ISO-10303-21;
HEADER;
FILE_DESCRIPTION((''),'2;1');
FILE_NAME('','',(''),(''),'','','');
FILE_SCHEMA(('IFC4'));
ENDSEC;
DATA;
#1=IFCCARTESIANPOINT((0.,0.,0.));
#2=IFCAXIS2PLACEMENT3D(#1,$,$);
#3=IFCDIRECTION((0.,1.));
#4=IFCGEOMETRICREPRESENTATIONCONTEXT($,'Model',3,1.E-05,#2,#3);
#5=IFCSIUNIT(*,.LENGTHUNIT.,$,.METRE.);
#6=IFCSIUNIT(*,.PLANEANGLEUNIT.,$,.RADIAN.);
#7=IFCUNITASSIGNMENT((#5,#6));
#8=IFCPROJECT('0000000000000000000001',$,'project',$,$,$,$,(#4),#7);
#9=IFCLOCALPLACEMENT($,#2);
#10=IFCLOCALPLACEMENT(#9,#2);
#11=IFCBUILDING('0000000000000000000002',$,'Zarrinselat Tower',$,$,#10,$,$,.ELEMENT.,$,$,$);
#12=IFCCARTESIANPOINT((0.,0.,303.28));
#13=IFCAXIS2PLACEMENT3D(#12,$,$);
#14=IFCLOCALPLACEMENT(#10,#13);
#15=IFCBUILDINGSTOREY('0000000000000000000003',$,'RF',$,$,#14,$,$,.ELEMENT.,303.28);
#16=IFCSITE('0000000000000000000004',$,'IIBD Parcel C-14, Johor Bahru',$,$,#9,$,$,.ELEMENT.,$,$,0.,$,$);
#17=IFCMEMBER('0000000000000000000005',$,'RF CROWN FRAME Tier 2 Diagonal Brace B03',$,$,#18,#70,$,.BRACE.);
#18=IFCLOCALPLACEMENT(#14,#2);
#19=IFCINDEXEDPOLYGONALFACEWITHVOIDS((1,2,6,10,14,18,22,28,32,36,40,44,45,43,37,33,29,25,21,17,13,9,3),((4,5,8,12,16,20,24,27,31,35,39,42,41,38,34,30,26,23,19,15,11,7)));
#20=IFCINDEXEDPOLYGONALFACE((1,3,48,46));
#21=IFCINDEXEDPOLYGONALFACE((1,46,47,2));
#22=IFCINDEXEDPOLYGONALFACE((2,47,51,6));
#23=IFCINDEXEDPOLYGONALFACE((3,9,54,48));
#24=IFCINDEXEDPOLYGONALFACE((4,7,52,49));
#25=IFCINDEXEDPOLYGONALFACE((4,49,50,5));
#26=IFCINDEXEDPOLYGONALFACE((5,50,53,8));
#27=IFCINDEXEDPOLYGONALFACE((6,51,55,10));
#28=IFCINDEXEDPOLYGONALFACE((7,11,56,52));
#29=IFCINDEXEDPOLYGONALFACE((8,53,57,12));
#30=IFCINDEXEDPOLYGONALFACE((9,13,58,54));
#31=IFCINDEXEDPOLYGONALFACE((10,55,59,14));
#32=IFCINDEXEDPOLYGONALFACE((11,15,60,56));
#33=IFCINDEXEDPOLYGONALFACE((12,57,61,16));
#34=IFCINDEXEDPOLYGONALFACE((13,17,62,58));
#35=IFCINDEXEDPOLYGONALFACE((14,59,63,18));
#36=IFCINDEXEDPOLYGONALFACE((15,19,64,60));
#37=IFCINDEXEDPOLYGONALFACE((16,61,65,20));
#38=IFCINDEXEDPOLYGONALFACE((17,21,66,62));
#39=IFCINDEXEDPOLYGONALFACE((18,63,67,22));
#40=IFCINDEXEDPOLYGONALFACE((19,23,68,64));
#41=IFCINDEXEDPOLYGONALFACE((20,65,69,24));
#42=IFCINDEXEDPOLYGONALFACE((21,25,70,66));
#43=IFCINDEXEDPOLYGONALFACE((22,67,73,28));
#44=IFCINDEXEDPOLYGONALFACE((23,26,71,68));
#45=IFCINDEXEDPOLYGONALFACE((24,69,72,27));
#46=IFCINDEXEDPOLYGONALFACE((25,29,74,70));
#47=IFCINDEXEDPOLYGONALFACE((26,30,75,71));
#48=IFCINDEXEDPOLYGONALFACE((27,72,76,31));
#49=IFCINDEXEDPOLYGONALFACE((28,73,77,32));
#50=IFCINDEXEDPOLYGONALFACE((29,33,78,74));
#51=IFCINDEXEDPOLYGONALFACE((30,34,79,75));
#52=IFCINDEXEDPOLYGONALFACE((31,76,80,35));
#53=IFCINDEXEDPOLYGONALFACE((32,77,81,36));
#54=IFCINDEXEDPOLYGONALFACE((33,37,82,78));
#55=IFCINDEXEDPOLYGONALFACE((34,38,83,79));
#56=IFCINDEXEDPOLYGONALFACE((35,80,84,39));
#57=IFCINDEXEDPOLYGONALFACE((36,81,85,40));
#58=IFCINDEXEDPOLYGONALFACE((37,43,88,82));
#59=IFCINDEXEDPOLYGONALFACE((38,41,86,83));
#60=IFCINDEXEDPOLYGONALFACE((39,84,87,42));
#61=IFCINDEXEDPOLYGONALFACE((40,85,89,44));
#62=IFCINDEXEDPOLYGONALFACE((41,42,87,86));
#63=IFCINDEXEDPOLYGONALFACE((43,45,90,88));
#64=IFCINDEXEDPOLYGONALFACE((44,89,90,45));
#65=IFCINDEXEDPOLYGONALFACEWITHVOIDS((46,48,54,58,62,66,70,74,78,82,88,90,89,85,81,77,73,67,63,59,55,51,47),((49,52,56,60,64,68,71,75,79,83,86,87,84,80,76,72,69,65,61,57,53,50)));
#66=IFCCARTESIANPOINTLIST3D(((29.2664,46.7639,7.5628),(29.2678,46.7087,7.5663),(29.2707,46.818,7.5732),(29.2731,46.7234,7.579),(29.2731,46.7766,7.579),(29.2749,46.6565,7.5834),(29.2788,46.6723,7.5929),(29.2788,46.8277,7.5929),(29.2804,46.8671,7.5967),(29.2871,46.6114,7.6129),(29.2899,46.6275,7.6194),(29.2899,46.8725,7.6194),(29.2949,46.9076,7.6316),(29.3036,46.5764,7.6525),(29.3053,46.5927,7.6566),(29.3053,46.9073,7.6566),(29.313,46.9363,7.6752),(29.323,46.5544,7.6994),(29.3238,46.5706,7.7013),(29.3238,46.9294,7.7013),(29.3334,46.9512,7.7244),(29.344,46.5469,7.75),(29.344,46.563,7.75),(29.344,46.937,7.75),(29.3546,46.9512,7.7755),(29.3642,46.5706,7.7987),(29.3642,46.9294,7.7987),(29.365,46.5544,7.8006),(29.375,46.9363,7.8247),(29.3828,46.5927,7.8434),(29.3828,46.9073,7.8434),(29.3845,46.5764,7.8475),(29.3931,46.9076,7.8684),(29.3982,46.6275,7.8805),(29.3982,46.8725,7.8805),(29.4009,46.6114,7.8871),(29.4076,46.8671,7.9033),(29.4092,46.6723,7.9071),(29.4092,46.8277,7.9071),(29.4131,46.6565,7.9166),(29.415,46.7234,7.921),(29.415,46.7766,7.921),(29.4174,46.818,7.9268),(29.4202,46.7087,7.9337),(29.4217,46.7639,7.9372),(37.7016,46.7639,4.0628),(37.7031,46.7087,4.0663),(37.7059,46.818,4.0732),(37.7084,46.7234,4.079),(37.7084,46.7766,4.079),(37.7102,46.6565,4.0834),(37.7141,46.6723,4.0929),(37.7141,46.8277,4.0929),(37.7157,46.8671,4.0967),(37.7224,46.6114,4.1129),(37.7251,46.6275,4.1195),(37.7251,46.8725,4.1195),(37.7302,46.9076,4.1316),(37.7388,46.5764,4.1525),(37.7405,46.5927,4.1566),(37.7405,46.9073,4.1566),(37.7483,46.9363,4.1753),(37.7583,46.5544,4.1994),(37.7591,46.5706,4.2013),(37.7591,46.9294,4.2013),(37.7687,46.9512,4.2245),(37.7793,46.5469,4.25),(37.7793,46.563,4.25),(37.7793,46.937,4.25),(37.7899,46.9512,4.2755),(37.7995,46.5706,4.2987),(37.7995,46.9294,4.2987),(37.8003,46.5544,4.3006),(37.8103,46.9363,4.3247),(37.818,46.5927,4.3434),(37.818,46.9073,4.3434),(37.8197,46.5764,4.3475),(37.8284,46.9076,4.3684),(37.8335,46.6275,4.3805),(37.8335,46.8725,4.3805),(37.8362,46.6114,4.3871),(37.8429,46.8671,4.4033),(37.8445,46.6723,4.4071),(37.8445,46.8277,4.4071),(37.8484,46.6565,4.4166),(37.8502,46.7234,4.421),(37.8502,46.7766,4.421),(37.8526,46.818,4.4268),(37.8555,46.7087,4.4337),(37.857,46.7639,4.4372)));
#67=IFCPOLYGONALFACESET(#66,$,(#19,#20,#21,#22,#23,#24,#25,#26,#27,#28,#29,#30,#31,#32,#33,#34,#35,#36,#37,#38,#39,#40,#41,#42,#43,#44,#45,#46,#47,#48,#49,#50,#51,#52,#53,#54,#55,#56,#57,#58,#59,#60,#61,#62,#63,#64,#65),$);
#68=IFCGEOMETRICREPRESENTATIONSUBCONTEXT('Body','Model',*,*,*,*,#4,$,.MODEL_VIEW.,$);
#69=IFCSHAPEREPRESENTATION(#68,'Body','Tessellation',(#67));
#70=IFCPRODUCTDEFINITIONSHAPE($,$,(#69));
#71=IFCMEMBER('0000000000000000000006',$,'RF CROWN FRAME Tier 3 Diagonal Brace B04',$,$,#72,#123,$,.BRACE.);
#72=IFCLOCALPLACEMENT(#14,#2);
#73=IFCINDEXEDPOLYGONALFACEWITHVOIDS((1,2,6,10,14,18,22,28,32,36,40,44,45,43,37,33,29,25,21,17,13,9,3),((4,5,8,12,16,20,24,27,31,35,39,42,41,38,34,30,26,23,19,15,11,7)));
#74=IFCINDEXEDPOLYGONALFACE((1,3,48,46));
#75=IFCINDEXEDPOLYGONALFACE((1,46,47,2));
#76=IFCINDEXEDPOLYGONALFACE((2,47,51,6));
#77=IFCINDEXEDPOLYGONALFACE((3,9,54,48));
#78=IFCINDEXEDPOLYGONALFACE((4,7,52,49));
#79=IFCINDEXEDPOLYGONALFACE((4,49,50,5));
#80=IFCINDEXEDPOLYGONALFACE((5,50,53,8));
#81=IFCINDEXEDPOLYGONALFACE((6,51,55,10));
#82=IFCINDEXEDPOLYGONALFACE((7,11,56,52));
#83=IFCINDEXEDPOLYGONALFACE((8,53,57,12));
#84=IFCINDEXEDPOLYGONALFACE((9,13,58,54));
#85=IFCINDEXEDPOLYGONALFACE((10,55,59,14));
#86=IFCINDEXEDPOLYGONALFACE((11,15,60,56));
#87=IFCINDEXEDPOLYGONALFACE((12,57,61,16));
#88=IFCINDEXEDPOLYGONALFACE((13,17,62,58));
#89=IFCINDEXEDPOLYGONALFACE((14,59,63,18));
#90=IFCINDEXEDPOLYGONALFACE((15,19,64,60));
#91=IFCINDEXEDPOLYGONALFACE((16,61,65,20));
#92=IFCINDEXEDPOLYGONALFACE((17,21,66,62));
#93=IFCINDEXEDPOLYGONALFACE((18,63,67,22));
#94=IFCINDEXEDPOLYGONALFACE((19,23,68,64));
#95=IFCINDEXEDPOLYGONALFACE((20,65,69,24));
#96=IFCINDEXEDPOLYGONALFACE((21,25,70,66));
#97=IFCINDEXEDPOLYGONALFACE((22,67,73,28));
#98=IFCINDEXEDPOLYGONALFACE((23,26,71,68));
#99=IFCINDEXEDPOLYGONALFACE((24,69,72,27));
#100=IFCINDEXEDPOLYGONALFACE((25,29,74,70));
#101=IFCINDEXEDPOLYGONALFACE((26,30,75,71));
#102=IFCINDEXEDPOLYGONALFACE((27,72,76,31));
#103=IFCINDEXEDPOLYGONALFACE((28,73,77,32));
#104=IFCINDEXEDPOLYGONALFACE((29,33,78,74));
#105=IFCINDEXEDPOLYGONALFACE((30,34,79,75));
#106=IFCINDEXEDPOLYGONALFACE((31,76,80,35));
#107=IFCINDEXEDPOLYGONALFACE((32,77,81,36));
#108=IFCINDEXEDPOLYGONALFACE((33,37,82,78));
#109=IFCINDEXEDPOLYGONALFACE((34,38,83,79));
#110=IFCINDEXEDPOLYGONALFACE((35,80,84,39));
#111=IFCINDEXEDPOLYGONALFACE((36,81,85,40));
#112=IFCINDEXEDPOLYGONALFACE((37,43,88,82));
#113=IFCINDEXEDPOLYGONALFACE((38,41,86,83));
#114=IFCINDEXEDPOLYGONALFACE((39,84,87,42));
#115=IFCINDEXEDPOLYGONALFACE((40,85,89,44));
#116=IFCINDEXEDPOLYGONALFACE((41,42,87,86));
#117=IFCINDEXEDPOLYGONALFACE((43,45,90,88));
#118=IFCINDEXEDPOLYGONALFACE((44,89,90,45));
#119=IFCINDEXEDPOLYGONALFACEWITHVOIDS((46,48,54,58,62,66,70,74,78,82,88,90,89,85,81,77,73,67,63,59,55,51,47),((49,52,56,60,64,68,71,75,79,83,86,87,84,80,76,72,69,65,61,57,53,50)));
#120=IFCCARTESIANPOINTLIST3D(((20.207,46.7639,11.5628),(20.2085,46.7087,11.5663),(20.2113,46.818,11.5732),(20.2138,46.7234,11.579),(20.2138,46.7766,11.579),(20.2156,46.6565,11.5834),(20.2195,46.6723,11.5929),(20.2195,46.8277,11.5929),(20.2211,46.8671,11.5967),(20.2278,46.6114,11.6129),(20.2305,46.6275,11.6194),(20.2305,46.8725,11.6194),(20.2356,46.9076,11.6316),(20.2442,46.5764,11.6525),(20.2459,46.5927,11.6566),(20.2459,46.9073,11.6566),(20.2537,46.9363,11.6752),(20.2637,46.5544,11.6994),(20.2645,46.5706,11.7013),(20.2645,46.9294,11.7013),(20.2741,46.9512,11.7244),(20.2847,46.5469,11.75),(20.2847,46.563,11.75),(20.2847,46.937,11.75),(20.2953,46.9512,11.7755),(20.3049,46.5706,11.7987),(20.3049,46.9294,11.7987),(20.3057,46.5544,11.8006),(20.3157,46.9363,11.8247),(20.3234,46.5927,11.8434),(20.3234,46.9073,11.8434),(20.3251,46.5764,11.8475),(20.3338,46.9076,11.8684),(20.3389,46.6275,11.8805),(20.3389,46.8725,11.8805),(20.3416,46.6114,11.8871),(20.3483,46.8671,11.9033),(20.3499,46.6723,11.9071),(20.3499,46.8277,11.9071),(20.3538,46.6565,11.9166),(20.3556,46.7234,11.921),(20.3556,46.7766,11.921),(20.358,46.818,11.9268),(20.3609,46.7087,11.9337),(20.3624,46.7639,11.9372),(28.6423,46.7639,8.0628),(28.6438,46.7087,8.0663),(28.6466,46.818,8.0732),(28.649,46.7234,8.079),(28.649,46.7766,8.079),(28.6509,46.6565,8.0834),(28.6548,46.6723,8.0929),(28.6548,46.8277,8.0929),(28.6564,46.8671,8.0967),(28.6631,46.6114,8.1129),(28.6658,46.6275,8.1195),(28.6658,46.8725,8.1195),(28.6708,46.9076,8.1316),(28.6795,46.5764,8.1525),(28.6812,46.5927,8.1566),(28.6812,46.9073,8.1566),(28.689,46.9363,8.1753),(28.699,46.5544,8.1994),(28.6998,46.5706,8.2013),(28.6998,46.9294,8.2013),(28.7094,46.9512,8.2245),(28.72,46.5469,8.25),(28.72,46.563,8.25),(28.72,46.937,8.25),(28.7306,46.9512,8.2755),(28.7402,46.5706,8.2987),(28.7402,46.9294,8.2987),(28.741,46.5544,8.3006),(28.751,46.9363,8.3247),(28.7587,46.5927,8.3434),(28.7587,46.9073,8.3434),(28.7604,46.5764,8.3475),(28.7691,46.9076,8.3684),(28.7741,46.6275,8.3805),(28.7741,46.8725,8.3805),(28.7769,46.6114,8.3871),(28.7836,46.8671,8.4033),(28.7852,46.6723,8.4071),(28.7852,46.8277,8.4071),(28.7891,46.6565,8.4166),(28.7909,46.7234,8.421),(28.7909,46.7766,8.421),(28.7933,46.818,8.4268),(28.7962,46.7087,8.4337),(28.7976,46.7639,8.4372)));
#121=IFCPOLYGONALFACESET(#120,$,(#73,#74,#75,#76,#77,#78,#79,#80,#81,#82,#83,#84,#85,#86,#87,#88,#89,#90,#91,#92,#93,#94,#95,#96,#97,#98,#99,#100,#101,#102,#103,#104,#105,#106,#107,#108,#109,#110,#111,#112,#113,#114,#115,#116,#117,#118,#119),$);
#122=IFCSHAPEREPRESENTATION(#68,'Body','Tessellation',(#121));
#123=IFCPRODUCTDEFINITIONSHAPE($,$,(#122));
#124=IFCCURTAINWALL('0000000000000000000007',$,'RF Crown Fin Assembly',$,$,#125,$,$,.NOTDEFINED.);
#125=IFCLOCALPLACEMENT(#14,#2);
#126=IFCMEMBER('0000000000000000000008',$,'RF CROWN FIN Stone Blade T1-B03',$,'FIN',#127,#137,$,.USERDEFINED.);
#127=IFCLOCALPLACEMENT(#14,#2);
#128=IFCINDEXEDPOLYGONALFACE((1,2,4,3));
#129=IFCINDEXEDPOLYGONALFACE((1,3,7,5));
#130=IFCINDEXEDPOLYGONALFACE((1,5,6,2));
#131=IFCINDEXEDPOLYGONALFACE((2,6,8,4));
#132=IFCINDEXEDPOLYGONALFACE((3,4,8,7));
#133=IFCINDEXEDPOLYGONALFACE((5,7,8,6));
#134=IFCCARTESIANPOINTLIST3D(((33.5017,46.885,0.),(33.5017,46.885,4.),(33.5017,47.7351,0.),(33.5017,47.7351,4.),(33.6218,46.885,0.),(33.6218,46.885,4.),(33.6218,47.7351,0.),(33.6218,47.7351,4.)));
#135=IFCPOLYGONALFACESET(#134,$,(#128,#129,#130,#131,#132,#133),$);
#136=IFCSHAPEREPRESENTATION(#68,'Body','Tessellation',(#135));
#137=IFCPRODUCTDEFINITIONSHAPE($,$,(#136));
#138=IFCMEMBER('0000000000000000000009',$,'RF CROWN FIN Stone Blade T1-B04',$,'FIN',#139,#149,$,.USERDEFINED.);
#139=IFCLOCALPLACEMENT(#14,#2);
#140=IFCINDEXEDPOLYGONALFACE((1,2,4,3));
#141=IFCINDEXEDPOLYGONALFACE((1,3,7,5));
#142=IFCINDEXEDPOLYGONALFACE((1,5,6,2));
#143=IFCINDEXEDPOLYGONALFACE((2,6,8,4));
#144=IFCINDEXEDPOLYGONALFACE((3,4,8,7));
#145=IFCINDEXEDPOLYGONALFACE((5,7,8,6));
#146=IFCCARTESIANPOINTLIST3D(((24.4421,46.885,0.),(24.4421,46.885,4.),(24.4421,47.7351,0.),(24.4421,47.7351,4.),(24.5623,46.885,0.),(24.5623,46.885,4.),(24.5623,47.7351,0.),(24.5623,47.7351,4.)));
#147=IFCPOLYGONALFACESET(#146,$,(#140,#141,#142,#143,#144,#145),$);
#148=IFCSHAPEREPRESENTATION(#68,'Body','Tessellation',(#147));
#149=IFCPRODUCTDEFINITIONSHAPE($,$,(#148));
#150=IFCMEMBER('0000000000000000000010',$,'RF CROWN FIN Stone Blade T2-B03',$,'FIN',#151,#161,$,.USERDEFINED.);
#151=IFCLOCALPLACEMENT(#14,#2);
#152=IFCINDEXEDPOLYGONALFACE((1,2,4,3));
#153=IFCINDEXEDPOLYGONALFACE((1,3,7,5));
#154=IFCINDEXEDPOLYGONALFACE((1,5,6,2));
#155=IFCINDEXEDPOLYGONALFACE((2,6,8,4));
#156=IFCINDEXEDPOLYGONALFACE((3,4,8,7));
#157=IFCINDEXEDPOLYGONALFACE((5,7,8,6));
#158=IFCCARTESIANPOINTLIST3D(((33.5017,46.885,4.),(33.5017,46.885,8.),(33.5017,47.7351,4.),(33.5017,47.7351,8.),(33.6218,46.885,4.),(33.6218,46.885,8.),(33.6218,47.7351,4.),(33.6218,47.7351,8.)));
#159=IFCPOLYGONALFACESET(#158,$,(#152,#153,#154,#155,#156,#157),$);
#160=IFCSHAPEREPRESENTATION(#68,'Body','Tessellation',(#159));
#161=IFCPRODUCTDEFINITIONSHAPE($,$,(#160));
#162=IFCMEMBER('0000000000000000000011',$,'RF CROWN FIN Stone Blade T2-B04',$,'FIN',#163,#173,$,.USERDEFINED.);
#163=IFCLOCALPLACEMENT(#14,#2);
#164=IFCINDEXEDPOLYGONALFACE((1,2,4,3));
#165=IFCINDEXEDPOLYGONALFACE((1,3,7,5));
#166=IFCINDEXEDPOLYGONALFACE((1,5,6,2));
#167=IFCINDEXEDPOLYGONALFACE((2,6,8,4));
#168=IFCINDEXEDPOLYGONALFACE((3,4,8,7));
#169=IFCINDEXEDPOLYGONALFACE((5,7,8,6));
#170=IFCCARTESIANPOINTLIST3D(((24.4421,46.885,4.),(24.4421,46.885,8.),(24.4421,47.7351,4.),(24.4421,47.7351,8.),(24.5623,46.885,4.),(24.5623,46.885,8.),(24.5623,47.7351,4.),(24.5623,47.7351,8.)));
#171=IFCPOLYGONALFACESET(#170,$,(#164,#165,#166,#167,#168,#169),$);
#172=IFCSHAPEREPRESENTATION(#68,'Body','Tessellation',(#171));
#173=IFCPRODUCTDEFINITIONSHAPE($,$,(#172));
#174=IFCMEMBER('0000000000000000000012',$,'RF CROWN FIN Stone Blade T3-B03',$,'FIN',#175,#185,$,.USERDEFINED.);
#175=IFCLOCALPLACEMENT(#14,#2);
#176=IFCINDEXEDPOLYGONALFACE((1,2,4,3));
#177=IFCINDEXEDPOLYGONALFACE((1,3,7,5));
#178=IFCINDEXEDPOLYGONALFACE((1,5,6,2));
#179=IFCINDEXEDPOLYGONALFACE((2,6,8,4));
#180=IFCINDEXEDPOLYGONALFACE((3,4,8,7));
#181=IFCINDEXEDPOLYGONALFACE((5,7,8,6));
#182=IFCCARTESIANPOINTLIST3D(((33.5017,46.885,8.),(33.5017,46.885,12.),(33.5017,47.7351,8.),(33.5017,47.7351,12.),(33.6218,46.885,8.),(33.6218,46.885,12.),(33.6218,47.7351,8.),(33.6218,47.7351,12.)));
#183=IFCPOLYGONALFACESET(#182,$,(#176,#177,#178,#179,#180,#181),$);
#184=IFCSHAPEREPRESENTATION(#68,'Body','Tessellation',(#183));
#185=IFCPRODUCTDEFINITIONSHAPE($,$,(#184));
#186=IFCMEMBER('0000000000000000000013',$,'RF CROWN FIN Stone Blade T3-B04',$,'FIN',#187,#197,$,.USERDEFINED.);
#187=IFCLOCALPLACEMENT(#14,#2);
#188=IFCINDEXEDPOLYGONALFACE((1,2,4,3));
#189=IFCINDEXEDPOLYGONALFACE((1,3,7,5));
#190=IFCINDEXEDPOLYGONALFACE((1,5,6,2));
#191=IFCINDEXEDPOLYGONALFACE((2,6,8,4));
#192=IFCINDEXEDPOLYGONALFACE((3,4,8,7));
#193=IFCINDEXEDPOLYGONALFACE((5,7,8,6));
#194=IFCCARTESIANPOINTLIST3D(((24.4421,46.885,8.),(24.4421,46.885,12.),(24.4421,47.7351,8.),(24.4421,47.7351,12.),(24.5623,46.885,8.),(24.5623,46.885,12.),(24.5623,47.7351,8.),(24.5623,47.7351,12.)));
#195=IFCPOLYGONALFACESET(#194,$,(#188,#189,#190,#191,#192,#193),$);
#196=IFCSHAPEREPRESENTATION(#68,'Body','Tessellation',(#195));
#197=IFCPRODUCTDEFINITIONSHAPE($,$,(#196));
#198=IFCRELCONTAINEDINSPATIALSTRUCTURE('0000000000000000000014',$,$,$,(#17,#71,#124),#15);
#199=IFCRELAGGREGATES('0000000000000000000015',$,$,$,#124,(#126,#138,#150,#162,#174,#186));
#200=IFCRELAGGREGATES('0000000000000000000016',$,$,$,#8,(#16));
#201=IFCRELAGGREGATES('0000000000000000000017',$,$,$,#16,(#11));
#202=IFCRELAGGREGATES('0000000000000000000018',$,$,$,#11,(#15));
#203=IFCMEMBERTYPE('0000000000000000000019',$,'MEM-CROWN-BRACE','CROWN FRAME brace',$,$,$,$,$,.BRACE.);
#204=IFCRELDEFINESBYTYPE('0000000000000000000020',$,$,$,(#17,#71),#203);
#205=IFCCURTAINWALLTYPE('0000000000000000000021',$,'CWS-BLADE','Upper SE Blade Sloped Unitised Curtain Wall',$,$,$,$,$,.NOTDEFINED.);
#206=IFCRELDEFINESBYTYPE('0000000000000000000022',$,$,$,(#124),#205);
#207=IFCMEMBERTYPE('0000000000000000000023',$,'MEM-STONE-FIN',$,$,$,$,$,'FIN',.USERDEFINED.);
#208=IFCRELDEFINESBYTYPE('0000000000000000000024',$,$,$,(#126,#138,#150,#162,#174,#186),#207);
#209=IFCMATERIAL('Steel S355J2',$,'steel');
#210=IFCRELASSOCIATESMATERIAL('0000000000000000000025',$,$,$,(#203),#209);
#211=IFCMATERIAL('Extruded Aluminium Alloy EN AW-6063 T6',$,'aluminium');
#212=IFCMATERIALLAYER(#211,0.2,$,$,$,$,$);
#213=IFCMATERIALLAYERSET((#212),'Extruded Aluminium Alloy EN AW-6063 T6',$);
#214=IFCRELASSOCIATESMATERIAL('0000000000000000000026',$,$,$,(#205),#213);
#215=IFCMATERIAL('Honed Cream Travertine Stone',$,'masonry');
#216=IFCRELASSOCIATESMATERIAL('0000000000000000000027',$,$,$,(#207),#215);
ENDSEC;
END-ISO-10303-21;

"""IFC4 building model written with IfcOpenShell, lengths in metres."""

from ifc_helpers import new_model, si_unit, direction, frame, origin, origin_2d, place, context, subcontext, project, spatial, rectangle, hollow_circle, extrude, material, layer, layer_set, material_profile, profile_set, type_object, element, aggregate, save


model = new_model("IFC4")

# Units and contexts
model_context = context("Model", 3, precision=1e-05, world=origin(), true_north=direction((0.0, 1.0)))
body_context = subcontext(model_context, "Body", "Model", "MODEL_VIEW")
ifc_project = project(units=[si_unit("LENGTHUNIT", "METRE"), si_unit("PLANEANGLEUNIT", "RADIAN")], contexts=[model_context])

# Site, building, storey
site_placement = place(None, origin())
site = spatial("IfcSite", under=ifc_project, at=site_placement, Name="IIBD Parcel C-14, Johor Bahru", CompositionType="ELEMENT", RefElevation=0.0)
building_placement = place(site_placement, origin())
building = spatial("IfcBuilding", under=site, at=building_placement, Name="Zarrinselat Tower", CompositionType="ELEMENT")
storey_placement = place(building_placement, frame((0.0, 0.0, 303.28)))
storey = spatial("IfcBuildingStorey", under=building, at=storey_placement, Name="RF", CompositionType="ELEMENT", Elevation=303.28)

# Members
ifc_material_1 = material(Name="Steel S355J2", Category="steel")
ifc_material_profile_1 = material_profile(ifc_material_1, hollow_circle(Radius=0.2031, WallThickness=0.0161, at=origin_2d()), Name="CHS 406.4x16")
ifc_profile_set_1 = profile_set([ifc_material_profile_1], Name="Steel S355J2")
member_type_1 = type_object("IfcMemberType", Name="MEM-CROWN-BRACE", Description="CROWN FRAME brace", PredefinedType="BRACE", material=ifc_profile_set_1)
for number, where, z_axis, x_axis, name in (
    (1, (37.7793, 46.75, 4.25), (-0.923648, 0.0, 0.383243), (0.0, -1.0, 0.0), "RF CROWN FRAME Tier 2 Diagonal Brace B03"),
    (2, (28.72, 46.75, 8.25), (-0.923648, 0.0, 0.383243), (0.0, -1.0, 0.0), "RF CROWN FRAME Tier 3 Diagonal Brace B04"),
):
    element("IfcMember", number, at=place(storey_placement, frame(where, z_axis=z_axis, x_axis=x_axis)), inside=storey, type_object=member_type_1, Name=name, PredefinedType="BRACE", context=body_context, shape_type="SweptSolid", body=[
        extrude(hollow_circle(Radius=0.2031, WallThickness=0.0161, at=origin_2d()), origin(), (0.0, 0.0, 1.0), 9.1326),
    ])

# Curtain wall, members
ifc_material_2 = material(Name="Extruded Aluminium Alloy EN AW-6063 T6", Category="aluminium")
ifc_layer_1 = layer(ifc_material_2, 0.2)
ifc_layer_set_1 = layer_set([ifc_layer_1], Name="Extruded Aluminium Alloy EN AW-6063 T6")
curtain_wall_type = type_object("IfcCurtainWallType", Name="CWS-BLADE", Description="Upper SE Blade Sloped Unitised Curtain Wall", PredefinedType="NOTDEFINED", material=ifc_layer_set_1)
curtain_wall_placement = place(storey_placement, origin())
curtain_wall = element("IfcCurtainWall", 3, at=curtain_wall_placement, inside=storey, type_object=curtain_wall_type, Name="RF Crown Fin Assembly", PredefinedType="NOTDEFINED")
ifc_material_3 = material(Name="Honed Cream Travertine Stone", Category="masonry")
ifc_material_profile_2 = material_profile(ifc_material_3, rectangle(XDim=0.1201, YDim=0.8501, at=origin_2d()), Name="FIN 850x120")
ifc_profile_set_2 = profile_set([ifc_material_profile_2], Name="Honed Cream Travertine Stone")
member_type_2 = type_object("IfcMemberType", Name="MEM-STONE-FIN", ElementType="FIN", PredefinedType="USERDEFINED", material=ifc_profile_set_2)
member_1_placement = place(storey_placement, frame((33.5618, 47.3101, 0.0), z_axis=(0.0, 0.0, 1.0), x_axis=(1.0, 0.0, 0.0)))
member_1 = element("IfcMember", 4, at=member_1_placement, type_object=member_type_2, Name="RF CROWN FIN Stone Blade T1-B03", ObjectType="FIN", PredefinedType="USERDEFINED", context=body_context, shape_type="SweptSolid", body=[
    extrude(rectangle(XDim=0.1201, YDim=0.8501, at=origin_2d()), origin(), (0.0, 0.0, 1.0), 4.0),
])
member_2_placement = place(storey_placement, frame((24.5022, 47.3101, 0.0), z_axis=(0.0, 0.0, 1.0), x_axis=(1.0, 0.0, 0.0)))
member_2 = element("IfcMember", 5, at=member_2_placement, type_object=member_type_2, Name="RF CROWN FIN Stone Blade T1-B04", ObjectType="FIN", PredefinedType="USERDEFINED", context=body_context, shape_type="SweptSolid", body=[
    extrude(rectangle(XDim=0.1201, YDim=0.8501, at=origin_2d()), origin(), (0.0, 0.0, 1.0), 4.0),
])
member_3_placement = place(storey_placement, frame((33.5618, 47.3101, 4.0), z_axis=(0.0, 0.0, 1.0), x_axis=(1.0, 0.0, 0.0)))
member_3 = element("IfcMember", 6, at=member_3_placement, type_object=member_type_2, Name="RF CROWN FIN Stone Blade T2-B03", ObjectType="FIN", PredefinedType="USERDEFINED", context=body_context, shape_type="SweptSolid", body=[
    extrude(rectangle(XDim=0.1201, YDim=0.8501, at=origin_2d()), origin(), (0.0, 0.0, 1.0), 4.0),
])
member_4_placement = place(storey_placement, frame((24.5022, 47.3101, 4.0), z_axis=(0.0, 0.0, 1.0), x_axis=(1.0, 0.0, 0.0)))
member_4 = element("IfcMember", 7, at=member_4_placement, type_object=member_type_2, Name="RF CROWN FIN Stone Blade T2-B04", ObjectType="FIN", PredefinedType="USERDEFINED", context=body_context, shape_type="SweptSolid", body=[
    extrude(rectangle(XDim=0.1201, YDim=0.8501, at=origin_2d()), origin(), (0.0, 0.0, 1.0), 4.0),
])
member_5_placement = place(storey_placement, frame((33.5618, 47.3101, 8.0), z_axis=(0.0, 0.0, 1.0), x_axis=(1.0, 0.0, 0.0)))
member_5 = element("IfcMember", 8, at=member_5_placement, type_object=member_type_2, Name="RF CROWN FIN Stone Blade T3-B03", ObjectType="FIN", PredefinedType="USERDEFINED", context=body_context, shape_type="SweptSolid", body=[
    extrude(rectangle(XDim=0.1201, YDim=0.8501, at=origin_2d()), origin(), (0.0, 0.0, 1.0), 4.0),
])
member_6_placement = place(storey_placement, frame((24.5022, 47.3101, 8.0), z_axis=(0.0, 0.0, 1.0), x_axis=(1.0, 0.0, 0.0)))
member_6 = element("IfcMember", 9, at=member_6_placement, type_object=member_type_2, Name="RF CROWN FIN Stone Blade T3-B04", ObjectType="FIN", PredefinedType="USERDEFINED", context=body_context, shape_type="SweptSolid", body=[
    extrude(rectangle(XDim=0.1201, YDim=0.8501, at=origin_2d()), origin(), (0.0, 0.0, 1.0), 4.0),
])
aggregate(curtain_wall, [member_1, member_2, member_3, member_4, member_5, member_6])

save(model, "model.ifc")
